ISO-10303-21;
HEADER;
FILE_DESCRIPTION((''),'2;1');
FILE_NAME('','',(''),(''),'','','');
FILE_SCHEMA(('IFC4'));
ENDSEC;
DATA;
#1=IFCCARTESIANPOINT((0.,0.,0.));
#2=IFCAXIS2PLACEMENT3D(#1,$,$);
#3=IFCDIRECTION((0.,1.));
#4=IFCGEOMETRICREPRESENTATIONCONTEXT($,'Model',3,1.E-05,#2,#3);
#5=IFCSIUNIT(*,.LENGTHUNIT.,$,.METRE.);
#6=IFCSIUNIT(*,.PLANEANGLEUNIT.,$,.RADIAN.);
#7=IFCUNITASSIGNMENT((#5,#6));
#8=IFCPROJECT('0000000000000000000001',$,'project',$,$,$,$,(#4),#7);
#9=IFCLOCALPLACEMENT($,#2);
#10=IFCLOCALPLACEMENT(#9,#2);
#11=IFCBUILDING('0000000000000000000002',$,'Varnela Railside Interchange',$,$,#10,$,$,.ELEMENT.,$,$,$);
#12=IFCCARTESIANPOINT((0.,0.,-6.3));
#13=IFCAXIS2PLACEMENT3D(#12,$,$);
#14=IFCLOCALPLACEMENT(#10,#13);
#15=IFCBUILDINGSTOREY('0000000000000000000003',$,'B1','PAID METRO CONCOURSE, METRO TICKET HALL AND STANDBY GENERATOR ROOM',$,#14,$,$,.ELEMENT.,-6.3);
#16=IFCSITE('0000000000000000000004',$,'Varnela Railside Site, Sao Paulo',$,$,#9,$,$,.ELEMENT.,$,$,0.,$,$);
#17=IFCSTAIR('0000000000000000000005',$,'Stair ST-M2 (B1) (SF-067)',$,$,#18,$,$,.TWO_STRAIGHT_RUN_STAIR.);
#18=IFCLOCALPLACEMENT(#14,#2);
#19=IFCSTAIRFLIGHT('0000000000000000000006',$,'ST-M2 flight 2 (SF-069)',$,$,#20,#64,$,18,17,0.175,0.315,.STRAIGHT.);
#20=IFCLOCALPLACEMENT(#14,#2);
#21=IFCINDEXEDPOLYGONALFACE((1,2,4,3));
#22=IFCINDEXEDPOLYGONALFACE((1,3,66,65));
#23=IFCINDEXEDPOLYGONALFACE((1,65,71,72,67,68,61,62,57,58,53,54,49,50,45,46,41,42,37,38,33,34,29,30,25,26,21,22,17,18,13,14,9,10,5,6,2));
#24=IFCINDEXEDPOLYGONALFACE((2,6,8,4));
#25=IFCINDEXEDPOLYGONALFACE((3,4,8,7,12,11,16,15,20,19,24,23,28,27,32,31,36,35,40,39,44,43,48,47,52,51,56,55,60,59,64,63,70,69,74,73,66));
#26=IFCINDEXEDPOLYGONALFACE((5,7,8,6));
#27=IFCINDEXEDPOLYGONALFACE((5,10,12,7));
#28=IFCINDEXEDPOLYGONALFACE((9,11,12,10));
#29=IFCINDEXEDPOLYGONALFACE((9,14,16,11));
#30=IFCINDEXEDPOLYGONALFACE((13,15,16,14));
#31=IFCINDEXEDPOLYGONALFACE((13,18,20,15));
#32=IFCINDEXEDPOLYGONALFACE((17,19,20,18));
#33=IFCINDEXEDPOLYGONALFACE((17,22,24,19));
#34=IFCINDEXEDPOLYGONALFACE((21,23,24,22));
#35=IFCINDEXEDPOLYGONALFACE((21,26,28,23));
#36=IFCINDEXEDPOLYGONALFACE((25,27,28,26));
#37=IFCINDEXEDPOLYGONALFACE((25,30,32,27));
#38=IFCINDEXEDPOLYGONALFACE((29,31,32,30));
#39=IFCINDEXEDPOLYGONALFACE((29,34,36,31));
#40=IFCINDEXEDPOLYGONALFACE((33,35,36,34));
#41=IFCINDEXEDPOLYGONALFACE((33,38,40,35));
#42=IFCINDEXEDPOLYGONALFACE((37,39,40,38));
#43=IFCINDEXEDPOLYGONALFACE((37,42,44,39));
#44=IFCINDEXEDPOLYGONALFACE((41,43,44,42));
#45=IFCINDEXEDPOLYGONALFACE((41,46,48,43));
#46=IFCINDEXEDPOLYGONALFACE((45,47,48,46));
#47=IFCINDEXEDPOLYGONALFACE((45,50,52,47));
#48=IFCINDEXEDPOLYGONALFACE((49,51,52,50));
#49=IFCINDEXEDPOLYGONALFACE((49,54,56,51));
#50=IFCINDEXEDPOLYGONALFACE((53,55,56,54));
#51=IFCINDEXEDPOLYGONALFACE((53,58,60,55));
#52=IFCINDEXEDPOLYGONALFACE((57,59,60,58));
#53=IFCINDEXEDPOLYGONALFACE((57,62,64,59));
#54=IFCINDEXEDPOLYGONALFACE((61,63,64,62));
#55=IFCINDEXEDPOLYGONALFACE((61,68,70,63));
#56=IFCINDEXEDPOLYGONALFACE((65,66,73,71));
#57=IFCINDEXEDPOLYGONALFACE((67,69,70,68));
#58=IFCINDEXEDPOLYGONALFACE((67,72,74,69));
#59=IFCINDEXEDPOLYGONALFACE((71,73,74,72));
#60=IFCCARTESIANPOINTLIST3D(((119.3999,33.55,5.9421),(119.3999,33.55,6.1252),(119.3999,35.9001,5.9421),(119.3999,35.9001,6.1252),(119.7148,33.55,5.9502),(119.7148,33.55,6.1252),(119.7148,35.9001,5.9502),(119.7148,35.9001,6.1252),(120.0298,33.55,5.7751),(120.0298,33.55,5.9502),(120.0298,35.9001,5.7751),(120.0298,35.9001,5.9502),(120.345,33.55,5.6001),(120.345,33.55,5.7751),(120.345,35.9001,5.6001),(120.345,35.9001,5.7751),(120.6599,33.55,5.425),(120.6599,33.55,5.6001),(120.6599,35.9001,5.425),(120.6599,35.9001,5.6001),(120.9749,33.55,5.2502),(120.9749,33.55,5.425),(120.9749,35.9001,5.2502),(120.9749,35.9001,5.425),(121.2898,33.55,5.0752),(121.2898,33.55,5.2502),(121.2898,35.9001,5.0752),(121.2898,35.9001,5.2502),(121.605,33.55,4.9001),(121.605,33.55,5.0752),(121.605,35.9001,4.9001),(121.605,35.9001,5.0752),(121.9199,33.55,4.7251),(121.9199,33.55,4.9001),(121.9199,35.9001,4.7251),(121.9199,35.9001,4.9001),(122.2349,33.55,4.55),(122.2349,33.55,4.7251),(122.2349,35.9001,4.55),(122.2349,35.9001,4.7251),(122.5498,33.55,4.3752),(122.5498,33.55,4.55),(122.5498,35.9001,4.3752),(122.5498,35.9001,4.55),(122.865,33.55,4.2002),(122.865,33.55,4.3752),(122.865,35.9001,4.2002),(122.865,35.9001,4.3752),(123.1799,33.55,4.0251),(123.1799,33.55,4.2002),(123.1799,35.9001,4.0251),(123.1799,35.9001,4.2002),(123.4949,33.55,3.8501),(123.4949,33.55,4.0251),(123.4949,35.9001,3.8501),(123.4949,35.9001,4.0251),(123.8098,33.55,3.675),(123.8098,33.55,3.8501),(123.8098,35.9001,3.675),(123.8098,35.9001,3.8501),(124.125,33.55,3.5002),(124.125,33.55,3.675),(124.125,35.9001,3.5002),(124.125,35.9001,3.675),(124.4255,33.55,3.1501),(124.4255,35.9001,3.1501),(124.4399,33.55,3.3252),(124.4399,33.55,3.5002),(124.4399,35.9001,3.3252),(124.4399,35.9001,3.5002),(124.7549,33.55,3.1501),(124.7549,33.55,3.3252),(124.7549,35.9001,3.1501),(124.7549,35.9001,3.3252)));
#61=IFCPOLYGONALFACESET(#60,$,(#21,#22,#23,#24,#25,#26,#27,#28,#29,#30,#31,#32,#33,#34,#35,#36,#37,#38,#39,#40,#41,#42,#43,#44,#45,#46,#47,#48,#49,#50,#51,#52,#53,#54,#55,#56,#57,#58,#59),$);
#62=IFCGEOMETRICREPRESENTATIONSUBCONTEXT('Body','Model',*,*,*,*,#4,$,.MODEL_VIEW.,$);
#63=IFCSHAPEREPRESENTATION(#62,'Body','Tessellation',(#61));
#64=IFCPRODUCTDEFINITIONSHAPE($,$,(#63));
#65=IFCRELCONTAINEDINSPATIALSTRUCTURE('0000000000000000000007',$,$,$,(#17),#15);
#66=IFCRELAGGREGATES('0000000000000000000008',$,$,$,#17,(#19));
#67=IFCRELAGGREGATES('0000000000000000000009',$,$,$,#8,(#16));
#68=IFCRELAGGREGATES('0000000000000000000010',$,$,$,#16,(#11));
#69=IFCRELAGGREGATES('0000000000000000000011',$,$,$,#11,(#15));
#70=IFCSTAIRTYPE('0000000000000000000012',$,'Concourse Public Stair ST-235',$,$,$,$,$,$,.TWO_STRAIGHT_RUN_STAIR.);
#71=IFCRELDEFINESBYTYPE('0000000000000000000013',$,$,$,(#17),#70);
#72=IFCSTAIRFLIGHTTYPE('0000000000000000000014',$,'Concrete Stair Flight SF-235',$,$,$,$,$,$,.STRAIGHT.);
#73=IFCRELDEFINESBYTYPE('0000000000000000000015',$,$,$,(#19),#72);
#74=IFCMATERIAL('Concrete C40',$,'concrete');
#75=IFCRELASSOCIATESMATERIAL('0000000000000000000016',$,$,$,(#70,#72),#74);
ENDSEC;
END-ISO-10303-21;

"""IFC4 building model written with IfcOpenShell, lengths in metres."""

from ifc_helpers import new_model, si_unit, direction, frame, origin, place, context, subcontext, project, spatial, polyline, outline, extrude, material, type_object, element, aggregate, save


model = new_model("IFC4")

# Units and contexts
model_context = context("Model", 3, precision=1e-05, world=origin(), true_north=direction((0.0, 1.0)))
body_context = subcontext(model_context, "Body", "Model", "MODEL_VIEW")
ifc_project = project(units=[si_unit("LENGTHUNIT", "METRE"), si_unit("PLANEANGLEUNIT", "RADIAN")], contexts=[model_context])

# Site, building, storey
site_placement = place(None, origin())
site = spatial("IfcSite", under=ifc_project, at=site_placement, Name="Varnela Railside Site, Sao Paulo", CompositionType="ELEMENT", RefElevation=0.0)
building_placement = place(site_placement, origin())
building = spatial("IfcBuilding", under=site, at=building_placement, Name="Varnela Railside Interchange", CompositionType="ELEMENT")
storey_placement = place(building_placement, frame((0.0, 0.0, -6.3)))
storey = spatial("IfcBuildingStorey", under=building, at=storey_placement, Name="B1", Description="PAID METRO CONCOURSE, METRO TICKET HALL AND STANDBY GENERATOR ROOM", CompositionType="ELEMENT", Elevation=-6.3)

# Shared definitions
ifc_material_1 = material(Name="Concrete C40", Category="concrete")

# Stair, stair flight
stair_type = type_object("IfcStairType", Name="Concourse Public Stair ST-235", PredefinedType="TWO_STRAIGHT_RUN_STAIR", material=ifc_material_1)
stair_placement = place(storey_placement, origin())
stair = element("IfcStair", 1, at=stair_placement, inside=storey, type_object=stair_type, Name="Stair ST-M2 (B1) (SF-067)", PredefinedType="TWO_STRAIGHT_RUN_STAIR")
stair_flight_type = type_object("IfcStairFlightType", Name="Concrete Stair Flight SF-235", PredefinedType="STRAIGHT", material=ifc_material_1)
stair_flight_1_placement = place(storey_placement, frame((124.7549, 34.7251, 3.1501), z_axis=(0.0, 0.0, 1.0), x_axis=(-1.0, 0.0, 0.0)))
stair_flight_1 = element("IfcStairFlight", 2, at=stair_flight_1_placement, type_object=stair_flight_type, Name="ST-M2 flight 2 (SF-069)", NumberOfRisers=18, NumberOfTreads=17, PredefinedType="STRAIGHT", RiserHeight=0.175, TreadLength=0.315, context=body_context, shape_type="SweptSolid", body=[
    extrude(outline(polyline([(0.0, 0.0), (0.0, 0.175), (0.3149, 0.175), (0.3149, 0.3501), (0.6299, 0.3501), (0.6299, 0.5249), (0.9451, 0.5249), (0.9451, 0.7), (1.26, 0.7), (1.26, 0.875), (1.575, 0.875), (1.575, 1.05), (1.8899, 1.05), (1.8899, 1.2251), (2.2051, 1.2251), (2.2051, 1.3999), (2.52, 1.3999), (2.52, 1.575), (2.835, 1.575), (2.835, 1.75), (3.1499, 1.75), (3.1499, 1.925), (3.4651, 1.925), (3.4651, 2.1001), (3.78, 2.1001), (3.78, 2.2749), (4.095, 2.2749), (4.095, 2.45), (4.4099, 2.45), (4.4099, 2.625), (4.7251, 2.625), (4.7251, 2.8), (5.04, 2.8), (5.04, 2.9751), (5.355, 2.9751), (5.355, 3.1499), (5.355, 2.792), (0.3293, 0.0), (0.0, 0.0)])), frame((0.0, 1.175, 0.0), z_axis=(0.0, -1.0, 0.0), x_axis=(1.0, 0.0, 0.0)), (0.0, 0.0, 1.0), 2.3501),
])
aggregate(stair, [stair_flight_1])

save(model, "model.ifc")
